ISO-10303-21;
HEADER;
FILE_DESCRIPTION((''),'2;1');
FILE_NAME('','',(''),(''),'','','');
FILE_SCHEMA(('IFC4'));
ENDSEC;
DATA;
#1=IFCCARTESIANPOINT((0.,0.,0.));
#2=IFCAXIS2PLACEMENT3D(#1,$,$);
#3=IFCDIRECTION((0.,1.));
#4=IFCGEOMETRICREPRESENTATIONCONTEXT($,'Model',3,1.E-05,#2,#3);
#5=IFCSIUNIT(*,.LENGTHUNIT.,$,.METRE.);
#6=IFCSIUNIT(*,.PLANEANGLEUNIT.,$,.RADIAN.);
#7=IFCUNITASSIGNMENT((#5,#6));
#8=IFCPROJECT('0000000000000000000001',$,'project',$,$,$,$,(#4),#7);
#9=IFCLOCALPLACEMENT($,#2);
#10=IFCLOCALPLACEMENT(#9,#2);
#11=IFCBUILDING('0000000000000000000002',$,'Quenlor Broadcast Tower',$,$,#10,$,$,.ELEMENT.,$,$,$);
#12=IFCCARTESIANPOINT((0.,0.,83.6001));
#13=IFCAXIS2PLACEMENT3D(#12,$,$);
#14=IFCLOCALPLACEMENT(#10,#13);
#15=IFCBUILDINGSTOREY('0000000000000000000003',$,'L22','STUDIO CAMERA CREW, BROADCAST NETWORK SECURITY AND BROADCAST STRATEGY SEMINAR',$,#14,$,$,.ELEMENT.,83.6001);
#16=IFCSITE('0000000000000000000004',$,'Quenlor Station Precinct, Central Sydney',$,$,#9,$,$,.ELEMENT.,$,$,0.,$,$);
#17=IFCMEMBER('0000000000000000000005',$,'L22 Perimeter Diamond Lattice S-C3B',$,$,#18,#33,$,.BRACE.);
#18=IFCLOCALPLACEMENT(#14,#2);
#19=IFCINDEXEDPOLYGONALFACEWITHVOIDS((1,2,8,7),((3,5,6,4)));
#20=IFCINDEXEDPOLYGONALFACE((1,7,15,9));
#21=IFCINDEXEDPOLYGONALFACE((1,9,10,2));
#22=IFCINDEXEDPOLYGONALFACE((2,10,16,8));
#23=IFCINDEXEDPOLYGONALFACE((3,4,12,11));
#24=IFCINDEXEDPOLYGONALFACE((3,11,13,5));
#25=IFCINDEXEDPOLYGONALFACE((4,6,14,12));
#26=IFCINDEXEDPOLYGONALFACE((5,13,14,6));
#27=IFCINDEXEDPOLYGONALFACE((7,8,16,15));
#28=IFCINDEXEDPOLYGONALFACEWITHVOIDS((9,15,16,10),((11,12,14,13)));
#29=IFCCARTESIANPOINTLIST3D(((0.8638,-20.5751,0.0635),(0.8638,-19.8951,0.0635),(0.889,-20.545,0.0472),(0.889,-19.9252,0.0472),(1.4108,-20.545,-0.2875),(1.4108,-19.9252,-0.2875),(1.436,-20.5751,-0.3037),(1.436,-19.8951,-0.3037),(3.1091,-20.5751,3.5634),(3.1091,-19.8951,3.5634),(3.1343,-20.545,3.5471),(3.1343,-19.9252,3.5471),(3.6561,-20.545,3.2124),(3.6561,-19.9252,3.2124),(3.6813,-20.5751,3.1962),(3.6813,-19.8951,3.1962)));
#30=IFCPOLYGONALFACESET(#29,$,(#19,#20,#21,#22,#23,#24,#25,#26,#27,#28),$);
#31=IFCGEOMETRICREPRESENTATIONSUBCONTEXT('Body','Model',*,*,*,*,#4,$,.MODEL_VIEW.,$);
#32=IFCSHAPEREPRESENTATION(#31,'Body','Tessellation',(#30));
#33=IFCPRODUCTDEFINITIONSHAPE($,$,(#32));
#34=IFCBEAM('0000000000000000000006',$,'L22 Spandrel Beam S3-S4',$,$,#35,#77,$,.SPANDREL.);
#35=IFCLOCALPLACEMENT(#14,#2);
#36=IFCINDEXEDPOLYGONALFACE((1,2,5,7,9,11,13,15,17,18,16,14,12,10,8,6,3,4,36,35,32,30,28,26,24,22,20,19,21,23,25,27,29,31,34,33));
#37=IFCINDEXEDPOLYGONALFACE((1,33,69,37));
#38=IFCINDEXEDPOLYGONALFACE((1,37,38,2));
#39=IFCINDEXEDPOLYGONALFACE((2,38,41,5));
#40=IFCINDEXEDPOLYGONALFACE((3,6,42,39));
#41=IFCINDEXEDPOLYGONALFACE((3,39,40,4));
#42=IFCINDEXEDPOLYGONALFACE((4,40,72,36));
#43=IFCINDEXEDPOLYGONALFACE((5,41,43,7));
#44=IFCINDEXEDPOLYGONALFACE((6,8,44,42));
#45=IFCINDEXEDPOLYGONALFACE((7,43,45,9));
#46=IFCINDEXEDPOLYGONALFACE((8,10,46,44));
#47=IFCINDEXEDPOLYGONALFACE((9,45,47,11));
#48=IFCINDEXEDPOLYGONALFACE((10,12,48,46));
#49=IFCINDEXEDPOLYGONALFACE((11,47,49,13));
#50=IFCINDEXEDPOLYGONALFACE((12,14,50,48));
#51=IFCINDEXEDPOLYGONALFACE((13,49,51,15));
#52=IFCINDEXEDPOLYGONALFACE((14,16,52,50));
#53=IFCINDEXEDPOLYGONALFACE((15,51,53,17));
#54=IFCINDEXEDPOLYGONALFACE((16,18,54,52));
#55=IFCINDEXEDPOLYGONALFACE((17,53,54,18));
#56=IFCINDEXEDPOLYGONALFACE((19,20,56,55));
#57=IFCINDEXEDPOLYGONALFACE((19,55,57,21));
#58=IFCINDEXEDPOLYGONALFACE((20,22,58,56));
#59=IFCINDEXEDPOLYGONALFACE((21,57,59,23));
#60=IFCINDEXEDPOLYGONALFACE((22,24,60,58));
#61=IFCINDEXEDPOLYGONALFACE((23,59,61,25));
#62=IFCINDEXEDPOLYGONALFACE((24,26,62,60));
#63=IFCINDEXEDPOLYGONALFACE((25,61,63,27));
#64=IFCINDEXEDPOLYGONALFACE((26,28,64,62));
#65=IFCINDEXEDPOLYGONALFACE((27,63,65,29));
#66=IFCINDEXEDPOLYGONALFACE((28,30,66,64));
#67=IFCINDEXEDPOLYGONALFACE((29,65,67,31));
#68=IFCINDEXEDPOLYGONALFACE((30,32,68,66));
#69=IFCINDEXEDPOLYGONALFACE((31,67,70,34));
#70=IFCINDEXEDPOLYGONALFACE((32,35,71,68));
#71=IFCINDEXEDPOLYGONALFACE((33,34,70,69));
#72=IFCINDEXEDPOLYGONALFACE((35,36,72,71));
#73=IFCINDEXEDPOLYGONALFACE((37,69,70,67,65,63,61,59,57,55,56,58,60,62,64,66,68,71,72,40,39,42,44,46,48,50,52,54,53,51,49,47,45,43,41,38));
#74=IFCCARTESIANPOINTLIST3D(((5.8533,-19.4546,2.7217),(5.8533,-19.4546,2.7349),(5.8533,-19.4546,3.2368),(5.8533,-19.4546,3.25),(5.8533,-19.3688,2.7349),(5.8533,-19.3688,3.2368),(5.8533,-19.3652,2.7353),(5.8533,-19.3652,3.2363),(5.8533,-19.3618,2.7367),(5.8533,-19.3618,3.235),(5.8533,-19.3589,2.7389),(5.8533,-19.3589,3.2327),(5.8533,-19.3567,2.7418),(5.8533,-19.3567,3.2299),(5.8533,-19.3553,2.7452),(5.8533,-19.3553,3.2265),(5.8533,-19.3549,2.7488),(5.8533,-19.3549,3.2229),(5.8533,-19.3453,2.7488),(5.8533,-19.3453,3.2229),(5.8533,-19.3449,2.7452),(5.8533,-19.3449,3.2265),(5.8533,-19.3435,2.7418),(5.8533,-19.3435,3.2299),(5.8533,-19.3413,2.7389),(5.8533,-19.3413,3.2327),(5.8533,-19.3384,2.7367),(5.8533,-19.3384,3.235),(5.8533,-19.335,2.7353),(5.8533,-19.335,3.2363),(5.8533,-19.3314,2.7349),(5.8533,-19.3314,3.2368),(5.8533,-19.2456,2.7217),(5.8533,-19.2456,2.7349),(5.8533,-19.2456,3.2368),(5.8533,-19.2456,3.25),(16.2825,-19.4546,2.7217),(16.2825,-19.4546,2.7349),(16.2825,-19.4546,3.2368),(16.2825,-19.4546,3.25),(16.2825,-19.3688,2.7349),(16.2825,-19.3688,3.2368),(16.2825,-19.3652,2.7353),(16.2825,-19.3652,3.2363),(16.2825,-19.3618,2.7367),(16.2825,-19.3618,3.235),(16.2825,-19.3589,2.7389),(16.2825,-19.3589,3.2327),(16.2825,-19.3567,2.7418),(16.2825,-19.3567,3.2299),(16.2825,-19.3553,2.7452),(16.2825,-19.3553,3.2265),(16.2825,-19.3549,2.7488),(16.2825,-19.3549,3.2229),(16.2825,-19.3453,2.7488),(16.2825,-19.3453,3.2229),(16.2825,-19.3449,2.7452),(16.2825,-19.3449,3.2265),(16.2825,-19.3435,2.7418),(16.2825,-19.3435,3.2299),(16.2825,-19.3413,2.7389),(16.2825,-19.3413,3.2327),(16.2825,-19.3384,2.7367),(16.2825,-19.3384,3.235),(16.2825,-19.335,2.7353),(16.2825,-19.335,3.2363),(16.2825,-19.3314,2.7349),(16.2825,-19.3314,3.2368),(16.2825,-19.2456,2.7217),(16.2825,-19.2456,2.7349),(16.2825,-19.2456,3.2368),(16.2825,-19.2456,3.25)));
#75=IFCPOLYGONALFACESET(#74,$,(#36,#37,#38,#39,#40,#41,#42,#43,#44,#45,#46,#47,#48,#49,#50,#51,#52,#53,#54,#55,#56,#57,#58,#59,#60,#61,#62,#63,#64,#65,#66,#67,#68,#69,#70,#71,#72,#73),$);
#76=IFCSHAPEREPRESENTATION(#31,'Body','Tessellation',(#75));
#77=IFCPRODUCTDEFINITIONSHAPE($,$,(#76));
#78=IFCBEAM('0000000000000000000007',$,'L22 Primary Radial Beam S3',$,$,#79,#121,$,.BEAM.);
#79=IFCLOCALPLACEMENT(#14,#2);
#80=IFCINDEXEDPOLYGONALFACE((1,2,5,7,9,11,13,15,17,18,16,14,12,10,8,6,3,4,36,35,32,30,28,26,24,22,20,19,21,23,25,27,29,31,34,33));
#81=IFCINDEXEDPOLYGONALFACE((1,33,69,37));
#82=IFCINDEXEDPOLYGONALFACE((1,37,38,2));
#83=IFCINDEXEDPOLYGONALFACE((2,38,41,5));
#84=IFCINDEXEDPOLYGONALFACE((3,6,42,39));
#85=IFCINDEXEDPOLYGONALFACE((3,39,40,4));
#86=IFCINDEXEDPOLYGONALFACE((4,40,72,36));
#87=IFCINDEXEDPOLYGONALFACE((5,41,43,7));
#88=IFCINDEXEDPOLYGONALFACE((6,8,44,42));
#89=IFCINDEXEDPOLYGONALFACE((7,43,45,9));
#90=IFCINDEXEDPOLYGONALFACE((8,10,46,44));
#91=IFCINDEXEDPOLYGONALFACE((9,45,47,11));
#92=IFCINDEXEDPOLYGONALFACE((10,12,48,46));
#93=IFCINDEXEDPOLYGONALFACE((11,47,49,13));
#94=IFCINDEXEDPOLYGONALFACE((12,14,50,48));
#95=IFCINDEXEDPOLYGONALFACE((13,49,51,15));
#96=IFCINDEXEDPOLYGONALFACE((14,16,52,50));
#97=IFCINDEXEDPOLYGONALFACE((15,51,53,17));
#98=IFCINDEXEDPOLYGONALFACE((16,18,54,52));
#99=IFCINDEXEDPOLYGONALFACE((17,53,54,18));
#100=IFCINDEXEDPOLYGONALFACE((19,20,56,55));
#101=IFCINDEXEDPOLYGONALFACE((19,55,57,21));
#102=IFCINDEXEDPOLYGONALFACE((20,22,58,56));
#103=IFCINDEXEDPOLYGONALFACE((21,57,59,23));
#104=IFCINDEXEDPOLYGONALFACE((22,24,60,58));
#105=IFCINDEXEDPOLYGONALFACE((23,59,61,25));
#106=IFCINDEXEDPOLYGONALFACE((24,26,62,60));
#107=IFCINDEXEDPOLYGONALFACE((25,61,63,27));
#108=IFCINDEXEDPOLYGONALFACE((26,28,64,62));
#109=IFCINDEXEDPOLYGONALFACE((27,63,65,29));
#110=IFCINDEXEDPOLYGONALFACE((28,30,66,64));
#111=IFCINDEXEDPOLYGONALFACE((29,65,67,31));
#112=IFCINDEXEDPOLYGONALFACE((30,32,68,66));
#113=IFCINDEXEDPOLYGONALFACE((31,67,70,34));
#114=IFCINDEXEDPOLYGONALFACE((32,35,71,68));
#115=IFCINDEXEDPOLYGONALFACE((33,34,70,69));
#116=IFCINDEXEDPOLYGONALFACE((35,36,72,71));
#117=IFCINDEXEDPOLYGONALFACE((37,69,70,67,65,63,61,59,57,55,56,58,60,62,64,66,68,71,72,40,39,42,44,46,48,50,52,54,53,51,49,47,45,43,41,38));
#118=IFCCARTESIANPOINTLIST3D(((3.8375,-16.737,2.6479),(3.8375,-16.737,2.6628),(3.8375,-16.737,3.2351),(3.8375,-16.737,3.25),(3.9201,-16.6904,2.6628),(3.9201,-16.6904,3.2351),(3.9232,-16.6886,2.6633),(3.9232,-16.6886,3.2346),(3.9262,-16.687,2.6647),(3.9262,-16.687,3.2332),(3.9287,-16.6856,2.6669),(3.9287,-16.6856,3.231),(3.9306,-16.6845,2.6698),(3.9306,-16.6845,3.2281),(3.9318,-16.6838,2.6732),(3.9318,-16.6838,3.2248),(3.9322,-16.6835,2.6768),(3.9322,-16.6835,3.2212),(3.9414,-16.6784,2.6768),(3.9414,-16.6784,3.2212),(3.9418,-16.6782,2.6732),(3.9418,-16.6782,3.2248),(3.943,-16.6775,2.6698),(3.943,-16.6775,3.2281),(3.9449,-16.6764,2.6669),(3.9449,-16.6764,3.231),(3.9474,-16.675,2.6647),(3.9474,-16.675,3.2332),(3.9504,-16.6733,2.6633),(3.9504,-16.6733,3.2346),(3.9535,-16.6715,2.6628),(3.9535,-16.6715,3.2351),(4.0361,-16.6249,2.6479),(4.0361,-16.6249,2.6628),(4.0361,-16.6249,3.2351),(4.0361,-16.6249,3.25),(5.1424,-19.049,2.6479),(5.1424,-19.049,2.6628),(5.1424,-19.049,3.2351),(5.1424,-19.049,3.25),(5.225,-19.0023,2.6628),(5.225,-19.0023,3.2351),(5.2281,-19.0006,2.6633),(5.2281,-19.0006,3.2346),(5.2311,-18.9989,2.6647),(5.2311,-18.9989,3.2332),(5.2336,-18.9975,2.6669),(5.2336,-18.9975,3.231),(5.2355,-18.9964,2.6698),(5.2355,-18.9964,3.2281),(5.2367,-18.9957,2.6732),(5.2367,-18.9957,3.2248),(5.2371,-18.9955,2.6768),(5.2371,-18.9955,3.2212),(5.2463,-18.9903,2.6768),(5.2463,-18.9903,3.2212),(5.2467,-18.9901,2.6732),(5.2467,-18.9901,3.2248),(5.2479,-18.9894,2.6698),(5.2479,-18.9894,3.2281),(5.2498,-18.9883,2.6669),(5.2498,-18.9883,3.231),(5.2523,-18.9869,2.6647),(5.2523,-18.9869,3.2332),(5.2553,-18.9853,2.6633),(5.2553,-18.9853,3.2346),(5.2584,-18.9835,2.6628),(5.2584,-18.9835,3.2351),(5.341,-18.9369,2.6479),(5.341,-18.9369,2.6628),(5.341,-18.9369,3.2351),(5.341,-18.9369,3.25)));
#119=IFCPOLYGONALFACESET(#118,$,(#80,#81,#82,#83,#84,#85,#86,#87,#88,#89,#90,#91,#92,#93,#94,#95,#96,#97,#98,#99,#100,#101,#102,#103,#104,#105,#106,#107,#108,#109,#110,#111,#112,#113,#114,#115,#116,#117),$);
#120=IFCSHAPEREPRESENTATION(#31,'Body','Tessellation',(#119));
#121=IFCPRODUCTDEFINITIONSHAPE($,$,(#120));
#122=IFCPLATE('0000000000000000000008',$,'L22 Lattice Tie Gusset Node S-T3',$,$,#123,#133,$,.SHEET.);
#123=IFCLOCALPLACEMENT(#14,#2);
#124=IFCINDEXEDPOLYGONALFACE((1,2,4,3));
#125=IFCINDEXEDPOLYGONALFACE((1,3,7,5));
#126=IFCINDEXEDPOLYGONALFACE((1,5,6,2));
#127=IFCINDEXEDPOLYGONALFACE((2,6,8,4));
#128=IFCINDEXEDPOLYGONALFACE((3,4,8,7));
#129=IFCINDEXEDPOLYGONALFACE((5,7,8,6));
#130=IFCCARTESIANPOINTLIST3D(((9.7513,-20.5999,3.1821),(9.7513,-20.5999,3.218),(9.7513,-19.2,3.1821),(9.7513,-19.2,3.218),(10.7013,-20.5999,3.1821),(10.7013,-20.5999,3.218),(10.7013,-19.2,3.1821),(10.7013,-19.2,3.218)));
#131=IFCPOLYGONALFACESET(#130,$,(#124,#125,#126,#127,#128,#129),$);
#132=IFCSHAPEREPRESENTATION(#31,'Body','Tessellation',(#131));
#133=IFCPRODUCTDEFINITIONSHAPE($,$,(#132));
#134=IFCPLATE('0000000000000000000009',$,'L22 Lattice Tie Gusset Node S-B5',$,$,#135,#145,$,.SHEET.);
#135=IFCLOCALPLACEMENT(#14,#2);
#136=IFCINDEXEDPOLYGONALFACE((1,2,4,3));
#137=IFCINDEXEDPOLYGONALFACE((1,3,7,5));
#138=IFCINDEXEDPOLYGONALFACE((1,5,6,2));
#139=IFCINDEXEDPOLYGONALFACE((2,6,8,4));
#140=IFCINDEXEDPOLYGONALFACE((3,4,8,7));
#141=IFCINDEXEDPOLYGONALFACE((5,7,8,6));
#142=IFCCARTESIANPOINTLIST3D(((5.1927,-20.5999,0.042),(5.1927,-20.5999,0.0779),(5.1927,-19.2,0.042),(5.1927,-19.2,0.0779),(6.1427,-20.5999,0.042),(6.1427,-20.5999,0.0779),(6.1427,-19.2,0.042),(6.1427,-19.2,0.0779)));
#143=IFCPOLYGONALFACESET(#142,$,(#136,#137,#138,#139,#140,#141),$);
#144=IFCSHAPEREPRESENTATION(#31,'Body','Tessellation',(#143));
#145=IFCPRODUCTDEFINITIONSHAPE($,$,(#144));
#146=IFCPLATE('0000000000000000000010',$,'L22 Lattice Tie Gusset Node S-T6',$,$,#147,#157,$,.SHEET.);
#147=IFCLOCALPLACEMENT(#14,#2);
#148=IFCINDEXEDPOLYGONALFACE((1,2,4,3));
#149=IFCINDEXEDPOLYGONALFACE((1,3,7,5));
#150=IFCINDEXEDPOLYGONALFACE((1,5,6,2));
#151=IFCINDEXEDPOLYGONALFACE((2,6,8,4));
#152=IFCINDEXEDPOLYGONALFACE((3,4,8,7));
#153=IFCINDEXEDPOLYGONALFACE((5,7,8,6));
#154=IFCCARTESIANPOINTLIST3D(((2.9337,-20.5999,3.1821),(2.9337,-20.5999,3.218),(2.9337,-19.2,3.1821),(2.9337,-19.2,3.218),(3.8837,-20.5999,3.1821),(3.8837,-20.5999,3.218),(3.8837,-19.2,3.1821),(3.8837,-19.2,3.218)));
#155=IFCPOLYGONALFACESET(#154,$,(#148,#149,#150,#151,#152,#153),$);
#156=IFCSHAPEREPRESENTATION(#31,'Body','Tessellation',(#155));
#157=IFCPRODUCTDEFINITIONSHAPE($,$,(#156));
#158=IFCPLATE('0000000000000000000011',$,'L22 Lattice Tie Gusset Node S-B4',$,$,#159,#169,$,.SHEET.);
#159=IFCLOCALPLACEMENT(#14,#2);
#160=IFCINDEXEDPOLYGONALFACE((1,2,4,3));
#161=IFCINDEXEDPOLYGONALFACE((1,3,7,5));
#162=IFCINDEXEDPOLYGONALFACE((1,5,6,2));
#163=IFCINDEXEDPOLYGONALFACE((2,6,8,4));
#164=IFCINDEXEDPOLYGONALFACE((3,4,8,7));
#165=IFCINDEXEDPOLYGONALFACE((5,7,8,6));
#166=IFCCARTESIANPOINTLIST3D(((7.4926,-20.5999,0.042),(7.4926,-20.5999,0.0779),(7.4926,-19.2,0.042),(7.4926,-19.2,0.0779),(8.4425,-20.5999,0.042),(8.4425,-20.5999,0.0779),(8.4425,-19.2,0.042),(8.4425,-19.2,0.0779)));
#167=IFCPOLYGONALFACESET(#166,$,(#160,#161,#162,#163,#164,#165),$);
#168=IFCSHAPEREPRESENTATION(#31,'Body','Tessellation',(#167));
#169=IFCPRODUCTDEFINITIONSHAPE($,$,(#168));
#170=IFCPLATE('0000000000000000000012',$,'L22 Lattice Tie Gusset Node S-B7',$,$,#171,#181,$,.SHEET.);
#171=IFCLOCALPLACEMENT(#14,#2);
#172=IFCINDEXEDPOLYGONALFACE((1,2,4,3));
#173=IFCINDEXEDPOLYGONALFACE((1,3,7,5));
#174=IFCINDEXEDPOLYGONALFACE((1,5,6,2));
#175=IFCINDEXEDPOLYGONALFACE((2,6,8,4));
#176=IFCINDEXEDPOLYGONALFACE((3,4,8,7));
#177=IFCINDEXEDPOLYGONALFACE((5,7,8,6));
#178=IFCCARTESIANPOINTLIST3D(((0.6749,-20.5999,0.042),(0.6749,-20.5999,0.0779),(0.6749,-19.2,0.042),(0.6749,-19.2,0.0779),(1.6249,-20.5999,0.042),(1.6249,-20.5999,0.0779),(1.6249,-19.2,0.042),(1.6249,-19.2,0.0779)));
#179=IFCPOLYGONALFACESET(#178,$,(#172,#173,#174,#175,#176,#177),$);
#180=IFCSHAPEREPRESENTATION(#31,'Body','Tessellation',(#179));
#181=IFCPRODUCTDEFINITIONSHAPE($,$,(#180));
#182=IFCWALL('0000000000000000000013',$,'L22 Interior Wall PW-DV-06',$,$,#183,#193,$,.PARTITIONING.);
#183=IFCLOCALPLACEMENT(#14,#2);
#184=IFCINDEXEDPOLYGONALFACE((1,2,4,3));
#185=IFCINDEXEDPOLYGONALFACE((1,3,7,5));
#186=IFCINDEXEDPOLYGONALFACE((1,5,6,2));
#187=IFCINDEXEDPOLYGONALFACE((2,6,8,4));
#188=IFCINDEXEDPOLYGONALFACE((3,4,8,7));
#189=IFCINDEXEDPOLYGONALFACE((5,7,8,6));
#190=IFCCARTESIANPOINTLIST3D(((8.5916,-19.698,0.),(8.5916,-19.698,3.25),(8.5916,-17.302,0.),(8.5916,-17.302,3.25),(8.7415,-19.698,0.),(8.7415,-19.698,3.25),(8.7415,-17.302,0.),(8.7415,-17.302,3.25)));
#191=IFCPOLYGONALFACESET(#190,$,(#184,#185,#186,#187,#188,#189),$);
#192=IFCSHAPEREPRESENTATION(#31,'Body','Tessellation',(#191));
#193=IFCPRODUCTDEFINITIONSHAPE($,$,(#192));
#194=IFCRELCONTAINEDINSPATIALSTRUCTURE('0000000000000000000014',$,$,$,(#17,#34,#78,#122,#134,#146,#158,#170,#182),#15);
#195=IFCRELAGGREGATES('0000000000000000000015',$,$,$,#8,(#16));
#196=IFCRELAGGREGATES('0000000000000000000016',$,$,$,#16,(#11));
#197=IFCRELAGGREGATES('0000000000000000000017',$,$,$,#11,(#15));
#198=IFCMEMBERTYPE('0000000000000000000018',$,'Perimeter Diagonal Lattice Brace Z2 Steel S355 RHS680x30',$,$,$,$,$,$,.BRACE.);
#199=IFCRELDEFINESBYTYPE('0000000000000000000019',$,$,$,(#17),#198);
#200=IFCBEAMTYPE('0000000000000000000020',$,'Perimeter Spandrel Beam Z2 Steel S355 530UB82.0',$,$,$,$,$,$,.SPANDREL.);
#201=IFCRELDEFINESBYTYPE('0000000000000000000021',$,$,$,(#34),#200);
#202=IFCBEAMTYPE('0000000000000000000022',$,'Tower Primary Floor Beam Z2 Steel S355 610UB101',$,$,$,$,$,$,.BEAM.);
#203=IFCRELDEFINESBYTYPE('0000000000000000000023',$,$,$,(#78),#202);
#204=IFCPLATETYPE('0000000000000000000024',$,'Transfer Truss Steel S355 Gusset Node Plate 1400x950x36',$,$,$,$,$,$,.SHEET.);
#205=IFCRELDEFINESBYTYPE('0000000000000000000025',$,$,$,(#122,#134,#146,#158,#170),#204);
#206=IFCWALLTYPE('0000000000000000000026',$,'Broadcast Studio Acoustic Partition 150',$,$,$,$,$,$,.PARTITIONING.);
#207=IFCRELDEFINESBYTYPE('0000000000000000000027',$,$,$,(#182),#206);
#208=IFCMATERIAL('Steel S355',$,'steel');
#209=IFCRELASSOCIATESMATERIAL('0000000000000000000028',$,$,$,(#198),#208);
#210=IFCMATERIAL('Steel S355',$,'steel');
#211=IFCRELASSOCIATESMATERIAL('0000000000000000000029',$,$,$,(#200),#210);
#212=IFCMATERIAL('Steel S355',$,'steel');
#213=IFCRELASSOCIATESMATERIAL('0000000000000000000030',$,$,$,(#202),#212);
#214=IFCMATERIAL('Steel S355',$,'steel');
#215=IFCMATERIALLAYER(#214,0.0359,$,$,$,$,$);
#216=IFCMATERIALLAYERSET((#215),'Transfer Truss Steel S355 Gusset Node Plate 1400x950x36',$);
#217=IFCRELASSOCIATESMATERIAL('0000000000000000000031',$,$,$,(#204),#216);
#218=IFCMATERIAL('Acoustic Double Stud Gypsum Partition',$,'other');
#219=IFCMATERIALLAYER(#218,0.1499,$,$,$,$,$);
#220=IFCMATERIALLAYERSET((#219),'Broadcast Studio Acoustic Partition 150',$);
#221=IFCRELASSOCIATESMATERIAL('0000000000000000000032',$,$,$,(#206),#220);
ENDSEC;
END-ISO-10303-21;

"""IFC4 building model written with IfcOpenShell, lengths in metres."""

from ifc_helpers import new_model, si_unit, direction, frame, frame_2d, origin, origin_2d, place, context, subcontext, project, spatial, rectangle, hollow_rectangle, i_section, extrude, material, layer, layer_set, material_profile, profile_set, type_object, element, save


model = new_model("IFC4")

# Units and contexts
model_context = context("Model", 3, precision=1e-05, world=origin(), true_north=direction((0.0, 1.0)))
body_context = subcontext(model_context, "Body", "Model", "MODEL_VIEW")
ifc_project = project(units=[si_unit("LENGTHUNIT", "METRE"), si_unit("PLANEANGLEUNIT", "RADIAN")], contexts=[model_context])

# Site, building, storey
site_placement = place(None, origin())
site = spatial("IfcSite", under=ifc_project, at=site_placement, Name="Quenlor Station Precinct, Central Sydney", CompositionType="ELEMENT", RefElevation=0.0)
building_placement = place(site_placement, origin())
building = spatial("IfcBuilding", under=site, at=building_placement, Name="Quenlor Broadcast Tower", CompositionType="ELEMENT")
storey_placement = place(building_placement, frame((0.0, 0.0, 83.6001)))
storey = spatial("IfcBuildingStorey", under=building, at=storey_placement, Name="L22", Description="STUDIO CAMERA CREW, BROADCAST NETWORK SECURITY AND BROADCAST STRATEGY SEMINAR", CompositionType="ELEMENT", Elevation=83.6001)

# Member
ifc_material_1 = material(Name="Steel S355", Category="steel")
ifc_material_profile_1 = material_profile(ifc_material_1, hollow_rectangle(XDim=0.6799, YDim=0.6799, WallThickness=0.03, at=origin_2d()))
ifc_profile_set_1 = profile_set([ifc_material_profile_1], Name="Steel S355 RHS680x680x30")
member_type_1 = type_object("IfcMemberType", Name="Perimeter Diagonal Lattice Brace Z2 Steel S355 RHS680x30", PredefinedType="BRACE", material=ifc_profile_set_1)
for number, where, z_axis, x_axis, name in (
    (1, (1.1499, -20.2351, -0.1201), (0.539968, 0.0, 0.841686), (0.0, 1.0, 0.0), "L22 Perimeter Diamond Lattice S-C3B"),
):
    element("IfcMember", number, at=place(storey_placement, frame(where, z_axis=z_axis, x_axis=x_axis)), inside=storey, type_object=member_type_1, Name=name, PredefinedType="BRACE", context=body_context, shape_type="SweptSolid", body=[
        extrude(hollow_rectangle(XDim=0.6799, YDim=0.6799, WallThickness=0.03, at=origin_2d()), origin(), (0.0, 0.0, 1.0), 4.1582),
    ])

# Beams
ifc_material_2 = material(Name="Steel S355", Category="steel")
ifc_material_profile_2 = material_profile(ifc_material_2, i_section(OverallWidth=0.209, OverallDepth=0.5283, WebThickness=0.0095, FlangeThickness=0.0132, FilletRadius=0.0139, at=origin_2d()))
ifc_profile_set_2 = profile_set([ifc_material_profile_2], Name="Steel S355 530UB82.0")
beam_type_1 = type_object("IfcBeamType", Name="Perimeter Spandrel Beam Z2 Steel S355 530UB82.0", PredefinedType="SPANDREL", material=ifc_profile_set_2)
beam_1_placement = place(storey_placement, frame((5.8533, -19.3501, 2.9858), z_axis=(1.0, 0.0, 0.0), x_axis=(0.0, 1.0, 0.0)))
element("IfcBeam", 2, at=beam_1_placement, inside=storey, type_object=beam_type_1, Name="L22 Spandrel Beam S3-S4", PredefinedType="SPANDREL", context=body_context, shape_type="SweptSolid", body=[
    extrude(i_section(OverallWidth=0.209, OverallDepth=0.5283, WebThickness=0.0095, FlangeThickness=0.0132, FilletRadius=0.0139, at=origin_2d()), origin(), (0.0, 0.0, 1.0), 10.4292),
])
ifc_material_3 = material(Name="Steel S355", Category="steel")
ifc_material_profile_3 = material_profile(ifc_material_3, i_section(OverallWidth=0.228, OverallDepth=0.6021, WebThickness=0.0105, FlangeThickness=0.0149, FilletRadius=0.0139, at=origin_2d()))
ifc_profile_set_3 = profile_set([ifc_material_profile_3], Name="Steel S355 610UB101")
beam_type_2 = type_object("IfcBeamType", Name="Tower Primary Floor Beam Z2 Steel S355 610UB101", PredefinedType="BEAM", material=ifc_profile_set_3)
beam_2_placement = place(storey_placement, frame((5.2417, -18.9929, 2.949), z_axis=(-0.491527, 0.870862, 0.0), x_axis=(-0.870862, -0.491527, 0.0)))
element("IfcBeam", 3, at=beam_2_placement, inside=storey, type_object=beam_type_2, Name="L22 Primary Radial Beam S3", PredefinedType="BEAM", context=body_context, shape_type="SweptSolid", body=[
    extrude(i_section(OverallWidth=0.228, OverallDepth=0.6021, WebThickness=0.0105, FlangeThickness=0.0149, FilletRadius=0.0139, at=origin_2d()), origin(), (0.0, 0.0, 1.0), 2.6548),
])

# Plates
ifc_material_4 = material(Name="Steel S355", Category="steel")
ifc_layer_1 = layer(ifc_material_4, 0.0359)
ifc_layer_set_1 = layer_set([ifc_layer_1], Name="Transfer Truss Steel S355 Gusset Node Plate 1400x950x36")
plate_type = type_object("IfcPlateType", Name="Transfer Truss Steel S355 Gusset Node Plate 1400x950x36", PredefinedType="SHEET", material=ifc_layer_set_1)
for number, where, z_axis, x_axis, name in (
    (4, (10.2263, -19.8999, 3.1821), (0.0, 0.0, 1.0), (0.0, -1.0, 0.0), "L22 Lattice Tie Gusset Node S-T3"),
    (5, (5.6677, -19.8999, 0.042), (0.0, 0.0, 1.0), (0.0, -1.0, 0.0), "L22 Lattice Tie Gusset Node S-B5"),
    (6, (3.4087, -19.8999, 3.1821), (0.0, 0.0, 1.0), (0.0, -1.0, 0.0), "L22 Lattice Tie Gusset Node S-T6"),
    (7, (7.9675, -19.8999, 0.042), (0.0, 0.0, 1.0), (0.0, -1.0, 0.0), "L22 Lattice Tie Gusset Node S-B4"),
    (8, (1.1499, -19.8999, 0.042), (0.0, 0.0, 1.0), (0.0, -1.0, 0.0), "L22 Lattice Tie Gusset Node S-B7"),
):
    element("IfcPlate", number, at=place(storey_placement, frame(where, z_axis=z_axis, x_axis=x_axis)), inside=storey, type_object=plate_type, Name=name, PredefinedType="SHEET", context=body_context, shape_type="SweptSolid", body=[
        extrude(rectangle(XDim=1.3999, YDim=0.95, at=origin_2d()), origin(), (0.0, 0.0, 1.0), 0.0359),
    ])

# Wall
ifc_material_5 = material(Name="Acoustic Double Stud Gypsum Partition", Category="other")
ifc_layer_2 = layer(ifc_material_5, 0.1499)
ifc_layer_set_2 = layer_set([ifc_layer_2], Name="Broadcast Studio Acoustic Partition 150")
wall_type_1 = type_object("IfcWallType", Name="Broadcast Studio Acoustic Partition 150", PredefinedType="PARTITIONING", material=ifc_layer_set_2)
wall_1_placement = place(storey_placement, frame((8.6665, -19.698, 0.0), z_axis=(0.0, 0.0, 1.0), x_axis=(0.0, 1.0, 0.0)))
element("IfcWall", 9, at=wall_1_placement, inside=storey, type_object=wall_type_1, Name="L22 Interior Wall PW-DV-06", PredefinedType="PARTITIONING", context=body_context, shape_type="SweptSolid", body=[
    extrude(rectangle(XDim=2.396, YDim=0.1499, at=frame_2d((1.198, 0.0))), origin(), (0.0, 0.0, 1.0), 3.25),
])

save(model, "model.ifc")
